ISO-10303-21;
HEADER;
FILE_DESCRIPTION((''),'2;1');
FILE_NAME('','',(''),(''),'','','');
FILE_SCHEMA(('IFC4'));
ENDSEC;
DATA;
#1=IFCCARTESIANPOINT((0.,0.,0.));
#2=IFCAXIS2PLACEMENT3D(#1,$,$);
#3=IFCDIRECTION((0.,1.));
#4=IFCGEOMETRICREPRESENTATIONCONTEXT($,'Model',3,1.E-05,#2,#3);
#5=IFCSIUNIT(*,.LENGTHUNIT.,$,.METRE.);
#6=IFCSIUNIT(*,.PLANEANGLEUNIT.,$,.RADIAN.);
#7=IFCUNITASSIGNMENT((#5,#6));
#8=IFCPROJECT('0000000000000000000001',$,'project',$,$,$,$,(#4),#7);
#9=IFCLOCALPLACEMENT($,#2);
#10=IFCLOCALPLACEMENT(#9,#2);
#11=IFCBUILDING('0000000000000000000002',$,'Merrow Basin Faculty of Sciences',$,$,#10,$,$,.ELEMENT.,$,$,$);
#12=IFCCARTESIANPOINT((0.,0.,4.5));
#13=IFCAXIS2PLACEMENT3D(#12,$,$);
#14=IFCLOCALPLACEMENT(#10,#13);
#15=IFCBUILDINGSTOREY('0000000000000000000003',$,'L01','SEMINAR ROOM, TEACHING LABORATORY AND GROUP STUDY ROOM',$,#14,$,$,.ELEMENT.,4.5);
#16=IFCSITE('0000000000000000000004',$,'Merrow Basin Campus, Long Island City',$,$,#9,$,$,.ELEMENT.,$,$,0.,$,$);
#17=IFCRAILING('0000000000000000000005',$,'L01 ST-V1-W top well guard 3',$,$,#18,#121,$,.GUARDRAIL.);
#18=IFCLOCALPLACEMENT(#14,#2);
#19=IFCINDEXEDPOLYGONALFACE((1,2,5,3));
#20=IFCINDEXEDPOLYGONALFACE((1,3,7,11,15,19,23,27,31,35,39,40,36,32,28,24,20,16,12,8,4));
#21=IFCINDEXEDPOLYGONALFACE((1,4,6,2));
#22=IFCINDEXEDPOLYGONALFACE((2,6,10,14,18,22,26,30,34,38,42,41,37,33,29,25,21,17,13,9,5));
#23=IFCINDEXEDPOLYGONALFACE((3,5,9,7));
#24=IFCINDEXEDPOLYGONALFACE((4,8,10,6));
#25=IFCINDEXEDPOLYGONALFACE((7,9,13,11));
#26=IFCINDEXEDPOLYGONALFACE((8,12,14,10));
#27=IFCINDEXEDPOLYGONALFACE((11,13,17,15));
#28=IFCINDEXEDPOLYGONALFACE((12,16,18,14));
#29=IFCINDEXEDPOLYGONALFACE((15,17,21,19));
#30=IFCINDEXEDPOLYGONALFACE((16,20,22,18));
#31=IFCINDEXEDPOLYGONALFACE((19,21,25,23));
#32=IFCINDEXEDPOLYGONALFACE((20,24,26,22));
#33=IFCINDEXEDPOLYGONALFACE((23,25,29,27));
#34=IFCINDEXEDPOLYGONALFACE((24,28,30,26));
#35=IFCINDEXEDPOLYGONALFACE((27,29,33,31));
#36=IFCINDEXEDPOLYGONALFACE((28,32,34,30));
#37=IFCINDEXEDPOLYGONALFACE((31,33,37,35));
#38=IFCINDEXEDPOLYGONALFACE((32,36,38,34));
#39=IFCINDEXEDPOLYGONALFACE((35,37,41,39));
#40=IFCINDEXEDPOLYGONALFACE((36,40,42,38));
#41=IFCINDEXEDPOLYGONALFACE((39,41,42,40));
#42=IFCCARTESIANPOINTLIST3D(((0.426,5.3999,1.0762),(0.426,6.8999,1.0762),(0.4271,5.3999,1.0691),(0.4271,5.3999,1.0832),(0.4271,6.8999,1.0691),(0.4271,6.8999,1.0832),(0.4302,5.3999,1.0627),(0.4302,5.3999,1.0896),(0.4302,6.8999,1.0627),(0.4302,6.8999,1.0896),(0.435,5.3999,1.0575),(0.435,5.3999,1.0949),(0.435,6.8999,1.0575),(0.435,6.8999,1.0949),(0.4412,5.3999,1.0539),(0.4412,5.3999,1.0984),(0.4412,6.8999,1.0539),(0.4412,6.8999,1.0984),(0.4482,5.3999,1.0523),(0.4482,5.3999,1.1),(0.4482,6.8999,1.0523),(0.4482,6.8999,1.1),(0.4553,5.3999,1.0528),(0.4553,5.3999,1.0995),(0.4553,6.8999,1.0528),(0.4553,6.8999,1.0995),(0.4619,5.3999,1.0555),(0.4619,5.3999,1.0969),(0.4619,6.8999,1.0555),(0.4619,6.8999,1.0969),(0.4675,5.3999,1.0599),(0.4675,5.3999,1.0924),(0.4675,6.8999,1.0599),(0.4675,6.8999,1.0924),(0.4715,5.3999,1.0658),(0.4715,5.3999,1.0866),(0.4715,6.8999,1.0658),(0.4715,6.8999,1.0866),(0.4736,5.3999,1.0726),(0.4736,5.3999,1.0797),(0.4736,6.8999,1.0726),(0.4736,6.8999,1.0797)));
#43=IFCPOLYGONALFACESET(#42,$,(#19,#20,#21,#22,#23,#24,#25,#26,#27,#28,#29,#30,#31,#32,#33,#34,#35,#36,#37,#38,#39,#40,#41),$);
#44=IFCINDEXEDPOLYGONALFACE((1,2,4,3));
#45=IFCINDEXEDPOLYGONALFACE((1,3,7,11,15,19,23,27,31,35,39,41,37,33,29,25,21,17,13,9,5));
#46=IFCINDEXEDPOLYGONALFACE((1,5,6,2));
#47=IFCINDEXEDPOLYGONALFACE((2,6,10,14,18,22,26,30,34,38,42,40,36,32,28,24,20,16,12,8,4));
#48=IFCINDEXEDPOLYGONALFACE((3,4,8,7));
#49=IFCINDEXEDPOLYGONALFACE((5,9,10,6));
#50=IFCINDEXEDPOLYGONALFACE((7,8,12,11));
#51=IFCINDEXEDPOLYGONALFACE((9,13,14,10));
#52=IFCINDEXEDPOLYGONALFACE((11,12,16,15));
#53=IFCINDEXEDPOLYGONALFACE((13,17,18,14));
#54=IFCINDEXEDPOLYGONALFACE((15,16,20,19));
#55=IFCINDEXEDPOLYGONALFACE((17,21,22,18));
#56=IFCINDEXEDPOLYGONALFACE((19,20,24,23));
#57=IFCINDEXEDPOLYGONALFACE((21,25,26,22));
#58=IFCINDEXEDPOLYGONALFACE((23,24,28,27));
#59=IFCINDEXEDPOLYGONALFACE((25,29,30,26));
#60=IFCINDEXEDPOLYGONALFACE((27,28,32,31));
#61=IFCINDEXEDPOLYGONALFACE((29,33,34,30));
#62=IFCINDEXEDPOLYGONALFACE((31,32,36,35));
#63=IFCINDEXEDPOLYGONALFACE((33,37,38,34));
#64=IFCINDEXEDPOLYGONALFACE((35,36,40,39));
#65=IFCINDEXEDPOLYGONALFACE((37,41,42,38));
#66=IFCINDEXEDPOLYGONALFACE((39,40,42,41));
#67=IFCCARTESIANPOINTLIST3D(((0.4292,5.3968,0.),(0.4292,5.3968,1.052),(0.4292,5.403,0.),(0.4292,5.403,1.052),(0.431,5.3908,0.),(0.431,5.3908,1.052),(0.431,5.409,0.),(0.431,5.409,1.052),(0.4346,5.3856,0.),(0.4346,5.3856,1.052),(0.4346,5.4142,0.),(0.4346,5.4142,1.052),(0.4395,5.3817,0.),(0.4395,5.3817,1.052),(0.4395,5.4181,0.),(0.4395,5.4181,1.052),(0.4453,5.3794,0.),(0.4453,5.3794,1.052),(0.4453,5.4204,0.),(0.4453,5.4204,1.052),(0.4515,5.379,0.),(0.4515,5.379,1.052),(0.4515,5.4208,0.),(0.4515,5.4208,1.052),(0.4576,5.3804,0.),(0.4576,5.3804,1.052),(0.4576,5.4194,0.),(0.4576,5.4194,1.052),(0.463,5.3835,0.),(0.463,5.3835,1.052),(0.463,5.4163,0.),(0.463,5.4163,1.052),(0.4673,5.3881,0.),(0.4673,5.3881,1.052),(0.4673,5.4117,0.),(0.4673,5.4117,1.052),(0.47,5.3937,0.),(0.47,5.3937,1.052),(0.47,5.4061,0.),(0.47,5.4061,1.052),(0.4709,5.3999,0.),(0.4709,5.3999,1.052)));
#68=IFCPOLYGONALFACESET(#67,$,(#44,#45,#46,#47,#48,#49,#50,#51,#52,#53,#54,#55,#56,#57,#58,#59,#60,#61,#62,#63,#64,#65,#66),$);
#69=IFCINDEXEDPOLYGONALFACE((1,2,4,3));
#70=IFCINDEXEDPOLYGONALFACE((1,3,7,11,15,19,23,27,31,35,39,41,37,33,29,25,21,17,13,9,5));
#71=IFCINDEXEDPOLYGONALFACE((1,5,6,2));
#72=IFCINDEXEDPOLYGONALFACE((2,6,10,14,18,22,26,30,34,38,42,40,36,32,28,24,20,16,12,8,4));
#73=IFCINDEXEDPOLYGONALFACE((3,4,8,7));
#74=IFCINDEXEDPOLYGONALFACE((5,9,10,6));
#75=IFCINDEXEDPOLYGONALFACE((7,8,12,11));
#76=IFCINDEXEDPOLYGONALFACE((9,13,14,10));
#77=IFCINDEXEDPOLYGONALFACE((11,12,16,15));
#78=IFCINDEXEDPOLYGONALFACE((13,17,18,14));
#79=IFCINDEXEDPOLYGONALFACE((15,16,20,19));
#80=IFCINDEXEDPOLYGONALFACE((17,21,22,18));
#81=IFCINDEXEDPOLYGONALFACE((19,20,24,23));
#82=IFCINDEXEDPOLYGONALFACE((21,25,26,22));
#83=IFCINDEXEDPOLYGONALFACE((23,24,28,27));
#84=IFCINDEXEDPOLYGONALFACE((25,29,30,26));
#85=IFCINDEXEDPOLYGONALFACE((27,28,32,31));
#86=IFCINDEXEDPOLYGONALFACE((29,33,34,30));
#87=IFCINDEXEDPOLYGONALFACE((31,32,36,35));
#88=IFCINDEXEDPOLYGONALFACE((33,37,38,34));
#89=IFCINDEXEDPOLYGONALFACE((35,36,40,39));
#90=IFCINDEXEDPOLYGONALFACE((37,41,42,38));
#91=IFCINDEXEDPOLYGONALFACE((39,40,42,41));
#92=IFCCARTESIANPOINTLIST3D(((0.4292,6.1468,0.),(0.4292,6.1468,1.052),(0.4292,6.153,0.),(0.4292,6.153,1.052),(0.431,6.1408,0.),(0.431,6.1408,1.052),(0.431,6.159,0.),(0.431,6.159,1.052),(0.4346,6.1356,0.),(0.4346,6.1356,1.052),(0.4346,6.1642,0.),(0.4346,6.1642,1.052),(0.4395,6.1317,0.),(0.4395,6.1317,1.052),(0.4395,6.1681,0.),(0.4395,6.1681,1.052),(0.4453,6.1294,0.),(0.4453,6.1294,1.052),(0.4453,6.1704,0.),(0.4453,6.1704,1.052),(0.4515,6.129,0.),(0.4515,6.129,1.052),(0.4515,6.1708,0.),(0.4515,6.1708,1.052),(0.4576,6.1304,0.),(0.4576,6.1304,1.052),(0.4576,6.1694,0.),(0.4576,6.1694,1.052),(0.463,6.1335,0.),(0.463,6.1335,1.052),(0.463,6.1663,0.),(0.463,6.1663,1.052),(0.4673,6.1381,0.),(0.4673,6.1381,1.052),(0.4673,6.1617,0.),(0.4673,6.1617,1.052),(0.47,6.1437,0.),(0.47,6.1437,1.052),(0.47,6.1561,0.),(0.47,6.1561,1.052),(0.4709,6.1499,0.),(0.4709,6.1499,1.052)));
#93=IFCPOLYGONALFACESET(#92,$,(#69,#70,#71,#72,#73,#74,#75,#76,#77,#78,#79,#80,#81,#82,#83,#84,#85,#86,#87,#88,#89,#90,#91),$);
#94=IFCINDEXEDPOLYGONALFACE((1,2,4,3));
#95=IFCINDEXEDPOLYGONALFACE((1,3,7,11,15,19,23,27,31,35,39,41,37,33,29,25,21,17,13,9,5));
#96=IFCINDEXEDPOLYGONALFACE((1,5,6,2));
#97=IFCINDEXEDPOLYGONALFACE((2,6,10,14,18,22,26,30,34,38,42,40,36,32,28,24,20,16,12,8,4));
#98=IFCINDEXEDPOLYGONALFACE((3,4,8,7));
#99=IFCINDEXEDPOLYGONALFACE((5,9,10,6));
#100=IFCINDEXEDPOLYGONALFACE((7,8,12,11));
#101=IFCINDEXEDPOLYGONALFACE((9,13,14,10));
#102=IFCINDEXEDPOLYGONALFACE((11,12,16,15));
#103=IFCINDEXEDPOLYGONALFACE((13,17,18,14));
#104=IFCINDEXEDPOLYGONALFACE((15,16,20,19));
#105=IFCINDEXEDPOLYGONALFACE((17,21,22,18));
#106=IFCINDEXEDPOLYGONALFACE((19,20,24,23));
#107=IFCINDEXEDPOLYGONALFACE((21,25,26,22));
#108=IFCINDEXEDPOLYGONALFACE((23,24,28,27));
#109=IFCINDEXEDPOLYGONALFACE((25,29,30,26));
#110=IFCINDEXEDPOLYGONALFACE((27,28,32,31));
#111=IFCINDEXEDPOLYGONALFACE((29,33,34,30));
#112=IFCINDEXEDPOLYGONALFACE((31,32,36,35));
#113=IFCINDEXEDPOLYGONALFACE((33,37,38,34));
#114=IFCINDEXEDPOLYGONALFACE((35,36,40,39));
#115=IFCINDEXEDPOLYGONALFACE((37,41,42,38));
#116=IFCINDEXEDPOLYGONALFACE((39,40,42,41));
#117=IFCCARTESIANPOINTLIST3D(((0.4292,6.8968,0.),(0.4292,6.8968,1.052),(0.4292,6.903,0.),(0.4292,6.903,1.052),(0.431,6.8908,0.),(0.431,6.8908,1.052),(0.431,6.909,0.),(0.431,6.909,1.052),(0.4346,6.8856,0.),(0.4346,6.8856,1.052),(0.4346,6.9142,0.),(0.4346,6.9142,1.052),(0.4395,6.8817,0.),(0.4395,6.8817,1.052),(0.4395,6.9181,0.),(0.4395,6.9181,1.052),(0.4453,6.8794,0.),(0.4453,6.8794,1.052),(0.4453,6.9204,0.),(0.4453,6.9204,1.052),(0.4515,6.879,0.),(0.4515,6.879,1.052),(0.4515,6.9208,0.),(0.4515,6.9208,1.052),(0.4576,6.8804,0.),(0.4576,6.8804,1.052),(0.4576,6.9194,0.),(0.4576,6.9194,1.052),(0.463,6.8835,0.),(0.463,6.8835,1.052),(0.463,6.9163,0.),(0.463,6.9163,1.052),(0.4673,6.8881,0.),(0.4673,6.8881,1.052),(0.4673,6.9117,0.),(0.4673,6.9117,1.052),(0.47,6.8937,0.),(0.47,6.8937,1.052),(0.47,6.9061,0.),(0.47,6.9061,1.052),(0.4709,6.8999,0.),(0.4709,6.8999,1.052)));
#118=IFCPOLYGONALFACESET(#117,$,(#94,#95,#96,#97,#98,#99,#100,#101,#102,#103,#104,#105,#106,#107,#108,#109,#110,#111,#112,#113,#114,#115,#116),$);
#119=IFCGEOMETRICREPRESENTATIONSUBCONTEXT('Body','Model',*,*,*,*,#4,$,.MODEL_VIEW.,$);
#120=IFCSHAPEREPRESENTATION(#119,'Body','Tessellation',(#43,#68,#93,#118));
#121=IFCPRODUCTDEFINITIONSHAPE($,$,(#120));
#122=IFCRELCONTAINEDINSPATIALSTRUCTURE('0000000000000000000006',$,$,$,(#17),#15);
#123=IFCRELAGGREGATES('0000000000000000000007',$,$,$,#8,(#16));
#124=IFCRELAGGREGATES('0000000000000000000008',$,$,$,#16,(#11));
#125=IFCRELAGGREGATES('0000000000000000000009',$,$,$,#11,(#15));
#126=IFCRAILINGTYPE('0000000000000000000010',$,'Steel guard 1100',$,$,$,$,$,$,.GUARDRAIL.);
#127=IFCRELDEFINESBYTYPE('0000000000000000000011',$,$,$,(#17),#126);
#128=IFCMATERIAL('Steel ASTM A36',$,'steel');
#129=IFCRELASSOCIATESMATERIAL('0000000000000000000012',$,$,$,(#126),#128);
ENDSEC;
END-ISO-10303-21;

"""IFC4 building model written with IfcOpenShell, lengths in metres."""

from ifc_helpers import new_model, si_unit, direction, frame, origin, origin_2d, place, context, subcontext, project, spatial, circle, extrude, material, type_object, element, save


model = new_model("IFC4")

# Units and contexts
model_context = context("Model", 3, precision=1e-05, world=origin(), true_north=direction((0.0, 1.0)))
body_context = subcontext(model_context, "Body", "Model", "MODEL_VIEW")
ifc_project = project(units=[si_unit("LENGTHUNIT", "METRE"), si_unit("PLANEANGLEUNIT", "RADIAN")], contexts=[model_context])

# Site, building, storey
site_placement = place(None, origin())
site = spatial("IfcSite", under=ifc_project, at=site_placement, Name="Merrow Basin Campus, Long Island City", CompositionType="ELEMENT", RefElevation=0.0)
building_placement = place(site_placement, origin())
building = spatial("IfcBuilding", under=site, at=building_placement, Name="Merrow Basin Faculty of Sciences", CompositionType="ELEMENT")
storey_placement = place(building_placement, frame((0.0, 0.0, 4.5)))
storey = spatial("IfcBuildingStorey", under=building, at=storey_placement, Name="L01", Description="SEMINAR ROOM, TEACHING LABORATORY AND GROUP STUDY ROOM", CompositionType="ELEMENT", Elevation=4.5)

# Railing
ifc_material_1 = material(Name="Steel ASTM A36", Category="steel")
railing_type = type_object("IfcRailingType", Name="Steel guard 1100", PredefinedType="GUARDRAIL", material=ifc_material_1)
railing_1_placement = place(storey_placement, frame((0.45, 5.3999, 0.0)))
element("IfcRailing", 1, at=railing_1_placement, inside=storey, type_object=railing_type, Name="L01 ST-V1-W top well guard 3", PredefinedType="GUARDRAIL", context=body_context, shape_type="SweptSolid", body=[
    extrude(circle(Radius=0.0239, at=origin_2d()), frame((0.0, 0.0, 1.0762), z_axis=(0.0, 1.0, 0.0), x_axis=(-1.0, 0.0, 0.0)), (0.0, 0.0, 1.0), 1.5),
    extrude(circle(Radius=0.021, at=origin_2d()), origin(), (0.0, 0.0, 1.0), 1.052),
    extrude(circle(Radius=0.021, at=origin_2d()), frame((0.0, 0.75, 0.0)), (0.0, 0.0, 1.0), 1.052),
    extrude(circle(Radius=0.021, at=origin_2d()), frame((0.0, 1.5, 0.0)), (0.0, 0.0, 1.0), 1.052),
])

save(model, "model.ifc")
